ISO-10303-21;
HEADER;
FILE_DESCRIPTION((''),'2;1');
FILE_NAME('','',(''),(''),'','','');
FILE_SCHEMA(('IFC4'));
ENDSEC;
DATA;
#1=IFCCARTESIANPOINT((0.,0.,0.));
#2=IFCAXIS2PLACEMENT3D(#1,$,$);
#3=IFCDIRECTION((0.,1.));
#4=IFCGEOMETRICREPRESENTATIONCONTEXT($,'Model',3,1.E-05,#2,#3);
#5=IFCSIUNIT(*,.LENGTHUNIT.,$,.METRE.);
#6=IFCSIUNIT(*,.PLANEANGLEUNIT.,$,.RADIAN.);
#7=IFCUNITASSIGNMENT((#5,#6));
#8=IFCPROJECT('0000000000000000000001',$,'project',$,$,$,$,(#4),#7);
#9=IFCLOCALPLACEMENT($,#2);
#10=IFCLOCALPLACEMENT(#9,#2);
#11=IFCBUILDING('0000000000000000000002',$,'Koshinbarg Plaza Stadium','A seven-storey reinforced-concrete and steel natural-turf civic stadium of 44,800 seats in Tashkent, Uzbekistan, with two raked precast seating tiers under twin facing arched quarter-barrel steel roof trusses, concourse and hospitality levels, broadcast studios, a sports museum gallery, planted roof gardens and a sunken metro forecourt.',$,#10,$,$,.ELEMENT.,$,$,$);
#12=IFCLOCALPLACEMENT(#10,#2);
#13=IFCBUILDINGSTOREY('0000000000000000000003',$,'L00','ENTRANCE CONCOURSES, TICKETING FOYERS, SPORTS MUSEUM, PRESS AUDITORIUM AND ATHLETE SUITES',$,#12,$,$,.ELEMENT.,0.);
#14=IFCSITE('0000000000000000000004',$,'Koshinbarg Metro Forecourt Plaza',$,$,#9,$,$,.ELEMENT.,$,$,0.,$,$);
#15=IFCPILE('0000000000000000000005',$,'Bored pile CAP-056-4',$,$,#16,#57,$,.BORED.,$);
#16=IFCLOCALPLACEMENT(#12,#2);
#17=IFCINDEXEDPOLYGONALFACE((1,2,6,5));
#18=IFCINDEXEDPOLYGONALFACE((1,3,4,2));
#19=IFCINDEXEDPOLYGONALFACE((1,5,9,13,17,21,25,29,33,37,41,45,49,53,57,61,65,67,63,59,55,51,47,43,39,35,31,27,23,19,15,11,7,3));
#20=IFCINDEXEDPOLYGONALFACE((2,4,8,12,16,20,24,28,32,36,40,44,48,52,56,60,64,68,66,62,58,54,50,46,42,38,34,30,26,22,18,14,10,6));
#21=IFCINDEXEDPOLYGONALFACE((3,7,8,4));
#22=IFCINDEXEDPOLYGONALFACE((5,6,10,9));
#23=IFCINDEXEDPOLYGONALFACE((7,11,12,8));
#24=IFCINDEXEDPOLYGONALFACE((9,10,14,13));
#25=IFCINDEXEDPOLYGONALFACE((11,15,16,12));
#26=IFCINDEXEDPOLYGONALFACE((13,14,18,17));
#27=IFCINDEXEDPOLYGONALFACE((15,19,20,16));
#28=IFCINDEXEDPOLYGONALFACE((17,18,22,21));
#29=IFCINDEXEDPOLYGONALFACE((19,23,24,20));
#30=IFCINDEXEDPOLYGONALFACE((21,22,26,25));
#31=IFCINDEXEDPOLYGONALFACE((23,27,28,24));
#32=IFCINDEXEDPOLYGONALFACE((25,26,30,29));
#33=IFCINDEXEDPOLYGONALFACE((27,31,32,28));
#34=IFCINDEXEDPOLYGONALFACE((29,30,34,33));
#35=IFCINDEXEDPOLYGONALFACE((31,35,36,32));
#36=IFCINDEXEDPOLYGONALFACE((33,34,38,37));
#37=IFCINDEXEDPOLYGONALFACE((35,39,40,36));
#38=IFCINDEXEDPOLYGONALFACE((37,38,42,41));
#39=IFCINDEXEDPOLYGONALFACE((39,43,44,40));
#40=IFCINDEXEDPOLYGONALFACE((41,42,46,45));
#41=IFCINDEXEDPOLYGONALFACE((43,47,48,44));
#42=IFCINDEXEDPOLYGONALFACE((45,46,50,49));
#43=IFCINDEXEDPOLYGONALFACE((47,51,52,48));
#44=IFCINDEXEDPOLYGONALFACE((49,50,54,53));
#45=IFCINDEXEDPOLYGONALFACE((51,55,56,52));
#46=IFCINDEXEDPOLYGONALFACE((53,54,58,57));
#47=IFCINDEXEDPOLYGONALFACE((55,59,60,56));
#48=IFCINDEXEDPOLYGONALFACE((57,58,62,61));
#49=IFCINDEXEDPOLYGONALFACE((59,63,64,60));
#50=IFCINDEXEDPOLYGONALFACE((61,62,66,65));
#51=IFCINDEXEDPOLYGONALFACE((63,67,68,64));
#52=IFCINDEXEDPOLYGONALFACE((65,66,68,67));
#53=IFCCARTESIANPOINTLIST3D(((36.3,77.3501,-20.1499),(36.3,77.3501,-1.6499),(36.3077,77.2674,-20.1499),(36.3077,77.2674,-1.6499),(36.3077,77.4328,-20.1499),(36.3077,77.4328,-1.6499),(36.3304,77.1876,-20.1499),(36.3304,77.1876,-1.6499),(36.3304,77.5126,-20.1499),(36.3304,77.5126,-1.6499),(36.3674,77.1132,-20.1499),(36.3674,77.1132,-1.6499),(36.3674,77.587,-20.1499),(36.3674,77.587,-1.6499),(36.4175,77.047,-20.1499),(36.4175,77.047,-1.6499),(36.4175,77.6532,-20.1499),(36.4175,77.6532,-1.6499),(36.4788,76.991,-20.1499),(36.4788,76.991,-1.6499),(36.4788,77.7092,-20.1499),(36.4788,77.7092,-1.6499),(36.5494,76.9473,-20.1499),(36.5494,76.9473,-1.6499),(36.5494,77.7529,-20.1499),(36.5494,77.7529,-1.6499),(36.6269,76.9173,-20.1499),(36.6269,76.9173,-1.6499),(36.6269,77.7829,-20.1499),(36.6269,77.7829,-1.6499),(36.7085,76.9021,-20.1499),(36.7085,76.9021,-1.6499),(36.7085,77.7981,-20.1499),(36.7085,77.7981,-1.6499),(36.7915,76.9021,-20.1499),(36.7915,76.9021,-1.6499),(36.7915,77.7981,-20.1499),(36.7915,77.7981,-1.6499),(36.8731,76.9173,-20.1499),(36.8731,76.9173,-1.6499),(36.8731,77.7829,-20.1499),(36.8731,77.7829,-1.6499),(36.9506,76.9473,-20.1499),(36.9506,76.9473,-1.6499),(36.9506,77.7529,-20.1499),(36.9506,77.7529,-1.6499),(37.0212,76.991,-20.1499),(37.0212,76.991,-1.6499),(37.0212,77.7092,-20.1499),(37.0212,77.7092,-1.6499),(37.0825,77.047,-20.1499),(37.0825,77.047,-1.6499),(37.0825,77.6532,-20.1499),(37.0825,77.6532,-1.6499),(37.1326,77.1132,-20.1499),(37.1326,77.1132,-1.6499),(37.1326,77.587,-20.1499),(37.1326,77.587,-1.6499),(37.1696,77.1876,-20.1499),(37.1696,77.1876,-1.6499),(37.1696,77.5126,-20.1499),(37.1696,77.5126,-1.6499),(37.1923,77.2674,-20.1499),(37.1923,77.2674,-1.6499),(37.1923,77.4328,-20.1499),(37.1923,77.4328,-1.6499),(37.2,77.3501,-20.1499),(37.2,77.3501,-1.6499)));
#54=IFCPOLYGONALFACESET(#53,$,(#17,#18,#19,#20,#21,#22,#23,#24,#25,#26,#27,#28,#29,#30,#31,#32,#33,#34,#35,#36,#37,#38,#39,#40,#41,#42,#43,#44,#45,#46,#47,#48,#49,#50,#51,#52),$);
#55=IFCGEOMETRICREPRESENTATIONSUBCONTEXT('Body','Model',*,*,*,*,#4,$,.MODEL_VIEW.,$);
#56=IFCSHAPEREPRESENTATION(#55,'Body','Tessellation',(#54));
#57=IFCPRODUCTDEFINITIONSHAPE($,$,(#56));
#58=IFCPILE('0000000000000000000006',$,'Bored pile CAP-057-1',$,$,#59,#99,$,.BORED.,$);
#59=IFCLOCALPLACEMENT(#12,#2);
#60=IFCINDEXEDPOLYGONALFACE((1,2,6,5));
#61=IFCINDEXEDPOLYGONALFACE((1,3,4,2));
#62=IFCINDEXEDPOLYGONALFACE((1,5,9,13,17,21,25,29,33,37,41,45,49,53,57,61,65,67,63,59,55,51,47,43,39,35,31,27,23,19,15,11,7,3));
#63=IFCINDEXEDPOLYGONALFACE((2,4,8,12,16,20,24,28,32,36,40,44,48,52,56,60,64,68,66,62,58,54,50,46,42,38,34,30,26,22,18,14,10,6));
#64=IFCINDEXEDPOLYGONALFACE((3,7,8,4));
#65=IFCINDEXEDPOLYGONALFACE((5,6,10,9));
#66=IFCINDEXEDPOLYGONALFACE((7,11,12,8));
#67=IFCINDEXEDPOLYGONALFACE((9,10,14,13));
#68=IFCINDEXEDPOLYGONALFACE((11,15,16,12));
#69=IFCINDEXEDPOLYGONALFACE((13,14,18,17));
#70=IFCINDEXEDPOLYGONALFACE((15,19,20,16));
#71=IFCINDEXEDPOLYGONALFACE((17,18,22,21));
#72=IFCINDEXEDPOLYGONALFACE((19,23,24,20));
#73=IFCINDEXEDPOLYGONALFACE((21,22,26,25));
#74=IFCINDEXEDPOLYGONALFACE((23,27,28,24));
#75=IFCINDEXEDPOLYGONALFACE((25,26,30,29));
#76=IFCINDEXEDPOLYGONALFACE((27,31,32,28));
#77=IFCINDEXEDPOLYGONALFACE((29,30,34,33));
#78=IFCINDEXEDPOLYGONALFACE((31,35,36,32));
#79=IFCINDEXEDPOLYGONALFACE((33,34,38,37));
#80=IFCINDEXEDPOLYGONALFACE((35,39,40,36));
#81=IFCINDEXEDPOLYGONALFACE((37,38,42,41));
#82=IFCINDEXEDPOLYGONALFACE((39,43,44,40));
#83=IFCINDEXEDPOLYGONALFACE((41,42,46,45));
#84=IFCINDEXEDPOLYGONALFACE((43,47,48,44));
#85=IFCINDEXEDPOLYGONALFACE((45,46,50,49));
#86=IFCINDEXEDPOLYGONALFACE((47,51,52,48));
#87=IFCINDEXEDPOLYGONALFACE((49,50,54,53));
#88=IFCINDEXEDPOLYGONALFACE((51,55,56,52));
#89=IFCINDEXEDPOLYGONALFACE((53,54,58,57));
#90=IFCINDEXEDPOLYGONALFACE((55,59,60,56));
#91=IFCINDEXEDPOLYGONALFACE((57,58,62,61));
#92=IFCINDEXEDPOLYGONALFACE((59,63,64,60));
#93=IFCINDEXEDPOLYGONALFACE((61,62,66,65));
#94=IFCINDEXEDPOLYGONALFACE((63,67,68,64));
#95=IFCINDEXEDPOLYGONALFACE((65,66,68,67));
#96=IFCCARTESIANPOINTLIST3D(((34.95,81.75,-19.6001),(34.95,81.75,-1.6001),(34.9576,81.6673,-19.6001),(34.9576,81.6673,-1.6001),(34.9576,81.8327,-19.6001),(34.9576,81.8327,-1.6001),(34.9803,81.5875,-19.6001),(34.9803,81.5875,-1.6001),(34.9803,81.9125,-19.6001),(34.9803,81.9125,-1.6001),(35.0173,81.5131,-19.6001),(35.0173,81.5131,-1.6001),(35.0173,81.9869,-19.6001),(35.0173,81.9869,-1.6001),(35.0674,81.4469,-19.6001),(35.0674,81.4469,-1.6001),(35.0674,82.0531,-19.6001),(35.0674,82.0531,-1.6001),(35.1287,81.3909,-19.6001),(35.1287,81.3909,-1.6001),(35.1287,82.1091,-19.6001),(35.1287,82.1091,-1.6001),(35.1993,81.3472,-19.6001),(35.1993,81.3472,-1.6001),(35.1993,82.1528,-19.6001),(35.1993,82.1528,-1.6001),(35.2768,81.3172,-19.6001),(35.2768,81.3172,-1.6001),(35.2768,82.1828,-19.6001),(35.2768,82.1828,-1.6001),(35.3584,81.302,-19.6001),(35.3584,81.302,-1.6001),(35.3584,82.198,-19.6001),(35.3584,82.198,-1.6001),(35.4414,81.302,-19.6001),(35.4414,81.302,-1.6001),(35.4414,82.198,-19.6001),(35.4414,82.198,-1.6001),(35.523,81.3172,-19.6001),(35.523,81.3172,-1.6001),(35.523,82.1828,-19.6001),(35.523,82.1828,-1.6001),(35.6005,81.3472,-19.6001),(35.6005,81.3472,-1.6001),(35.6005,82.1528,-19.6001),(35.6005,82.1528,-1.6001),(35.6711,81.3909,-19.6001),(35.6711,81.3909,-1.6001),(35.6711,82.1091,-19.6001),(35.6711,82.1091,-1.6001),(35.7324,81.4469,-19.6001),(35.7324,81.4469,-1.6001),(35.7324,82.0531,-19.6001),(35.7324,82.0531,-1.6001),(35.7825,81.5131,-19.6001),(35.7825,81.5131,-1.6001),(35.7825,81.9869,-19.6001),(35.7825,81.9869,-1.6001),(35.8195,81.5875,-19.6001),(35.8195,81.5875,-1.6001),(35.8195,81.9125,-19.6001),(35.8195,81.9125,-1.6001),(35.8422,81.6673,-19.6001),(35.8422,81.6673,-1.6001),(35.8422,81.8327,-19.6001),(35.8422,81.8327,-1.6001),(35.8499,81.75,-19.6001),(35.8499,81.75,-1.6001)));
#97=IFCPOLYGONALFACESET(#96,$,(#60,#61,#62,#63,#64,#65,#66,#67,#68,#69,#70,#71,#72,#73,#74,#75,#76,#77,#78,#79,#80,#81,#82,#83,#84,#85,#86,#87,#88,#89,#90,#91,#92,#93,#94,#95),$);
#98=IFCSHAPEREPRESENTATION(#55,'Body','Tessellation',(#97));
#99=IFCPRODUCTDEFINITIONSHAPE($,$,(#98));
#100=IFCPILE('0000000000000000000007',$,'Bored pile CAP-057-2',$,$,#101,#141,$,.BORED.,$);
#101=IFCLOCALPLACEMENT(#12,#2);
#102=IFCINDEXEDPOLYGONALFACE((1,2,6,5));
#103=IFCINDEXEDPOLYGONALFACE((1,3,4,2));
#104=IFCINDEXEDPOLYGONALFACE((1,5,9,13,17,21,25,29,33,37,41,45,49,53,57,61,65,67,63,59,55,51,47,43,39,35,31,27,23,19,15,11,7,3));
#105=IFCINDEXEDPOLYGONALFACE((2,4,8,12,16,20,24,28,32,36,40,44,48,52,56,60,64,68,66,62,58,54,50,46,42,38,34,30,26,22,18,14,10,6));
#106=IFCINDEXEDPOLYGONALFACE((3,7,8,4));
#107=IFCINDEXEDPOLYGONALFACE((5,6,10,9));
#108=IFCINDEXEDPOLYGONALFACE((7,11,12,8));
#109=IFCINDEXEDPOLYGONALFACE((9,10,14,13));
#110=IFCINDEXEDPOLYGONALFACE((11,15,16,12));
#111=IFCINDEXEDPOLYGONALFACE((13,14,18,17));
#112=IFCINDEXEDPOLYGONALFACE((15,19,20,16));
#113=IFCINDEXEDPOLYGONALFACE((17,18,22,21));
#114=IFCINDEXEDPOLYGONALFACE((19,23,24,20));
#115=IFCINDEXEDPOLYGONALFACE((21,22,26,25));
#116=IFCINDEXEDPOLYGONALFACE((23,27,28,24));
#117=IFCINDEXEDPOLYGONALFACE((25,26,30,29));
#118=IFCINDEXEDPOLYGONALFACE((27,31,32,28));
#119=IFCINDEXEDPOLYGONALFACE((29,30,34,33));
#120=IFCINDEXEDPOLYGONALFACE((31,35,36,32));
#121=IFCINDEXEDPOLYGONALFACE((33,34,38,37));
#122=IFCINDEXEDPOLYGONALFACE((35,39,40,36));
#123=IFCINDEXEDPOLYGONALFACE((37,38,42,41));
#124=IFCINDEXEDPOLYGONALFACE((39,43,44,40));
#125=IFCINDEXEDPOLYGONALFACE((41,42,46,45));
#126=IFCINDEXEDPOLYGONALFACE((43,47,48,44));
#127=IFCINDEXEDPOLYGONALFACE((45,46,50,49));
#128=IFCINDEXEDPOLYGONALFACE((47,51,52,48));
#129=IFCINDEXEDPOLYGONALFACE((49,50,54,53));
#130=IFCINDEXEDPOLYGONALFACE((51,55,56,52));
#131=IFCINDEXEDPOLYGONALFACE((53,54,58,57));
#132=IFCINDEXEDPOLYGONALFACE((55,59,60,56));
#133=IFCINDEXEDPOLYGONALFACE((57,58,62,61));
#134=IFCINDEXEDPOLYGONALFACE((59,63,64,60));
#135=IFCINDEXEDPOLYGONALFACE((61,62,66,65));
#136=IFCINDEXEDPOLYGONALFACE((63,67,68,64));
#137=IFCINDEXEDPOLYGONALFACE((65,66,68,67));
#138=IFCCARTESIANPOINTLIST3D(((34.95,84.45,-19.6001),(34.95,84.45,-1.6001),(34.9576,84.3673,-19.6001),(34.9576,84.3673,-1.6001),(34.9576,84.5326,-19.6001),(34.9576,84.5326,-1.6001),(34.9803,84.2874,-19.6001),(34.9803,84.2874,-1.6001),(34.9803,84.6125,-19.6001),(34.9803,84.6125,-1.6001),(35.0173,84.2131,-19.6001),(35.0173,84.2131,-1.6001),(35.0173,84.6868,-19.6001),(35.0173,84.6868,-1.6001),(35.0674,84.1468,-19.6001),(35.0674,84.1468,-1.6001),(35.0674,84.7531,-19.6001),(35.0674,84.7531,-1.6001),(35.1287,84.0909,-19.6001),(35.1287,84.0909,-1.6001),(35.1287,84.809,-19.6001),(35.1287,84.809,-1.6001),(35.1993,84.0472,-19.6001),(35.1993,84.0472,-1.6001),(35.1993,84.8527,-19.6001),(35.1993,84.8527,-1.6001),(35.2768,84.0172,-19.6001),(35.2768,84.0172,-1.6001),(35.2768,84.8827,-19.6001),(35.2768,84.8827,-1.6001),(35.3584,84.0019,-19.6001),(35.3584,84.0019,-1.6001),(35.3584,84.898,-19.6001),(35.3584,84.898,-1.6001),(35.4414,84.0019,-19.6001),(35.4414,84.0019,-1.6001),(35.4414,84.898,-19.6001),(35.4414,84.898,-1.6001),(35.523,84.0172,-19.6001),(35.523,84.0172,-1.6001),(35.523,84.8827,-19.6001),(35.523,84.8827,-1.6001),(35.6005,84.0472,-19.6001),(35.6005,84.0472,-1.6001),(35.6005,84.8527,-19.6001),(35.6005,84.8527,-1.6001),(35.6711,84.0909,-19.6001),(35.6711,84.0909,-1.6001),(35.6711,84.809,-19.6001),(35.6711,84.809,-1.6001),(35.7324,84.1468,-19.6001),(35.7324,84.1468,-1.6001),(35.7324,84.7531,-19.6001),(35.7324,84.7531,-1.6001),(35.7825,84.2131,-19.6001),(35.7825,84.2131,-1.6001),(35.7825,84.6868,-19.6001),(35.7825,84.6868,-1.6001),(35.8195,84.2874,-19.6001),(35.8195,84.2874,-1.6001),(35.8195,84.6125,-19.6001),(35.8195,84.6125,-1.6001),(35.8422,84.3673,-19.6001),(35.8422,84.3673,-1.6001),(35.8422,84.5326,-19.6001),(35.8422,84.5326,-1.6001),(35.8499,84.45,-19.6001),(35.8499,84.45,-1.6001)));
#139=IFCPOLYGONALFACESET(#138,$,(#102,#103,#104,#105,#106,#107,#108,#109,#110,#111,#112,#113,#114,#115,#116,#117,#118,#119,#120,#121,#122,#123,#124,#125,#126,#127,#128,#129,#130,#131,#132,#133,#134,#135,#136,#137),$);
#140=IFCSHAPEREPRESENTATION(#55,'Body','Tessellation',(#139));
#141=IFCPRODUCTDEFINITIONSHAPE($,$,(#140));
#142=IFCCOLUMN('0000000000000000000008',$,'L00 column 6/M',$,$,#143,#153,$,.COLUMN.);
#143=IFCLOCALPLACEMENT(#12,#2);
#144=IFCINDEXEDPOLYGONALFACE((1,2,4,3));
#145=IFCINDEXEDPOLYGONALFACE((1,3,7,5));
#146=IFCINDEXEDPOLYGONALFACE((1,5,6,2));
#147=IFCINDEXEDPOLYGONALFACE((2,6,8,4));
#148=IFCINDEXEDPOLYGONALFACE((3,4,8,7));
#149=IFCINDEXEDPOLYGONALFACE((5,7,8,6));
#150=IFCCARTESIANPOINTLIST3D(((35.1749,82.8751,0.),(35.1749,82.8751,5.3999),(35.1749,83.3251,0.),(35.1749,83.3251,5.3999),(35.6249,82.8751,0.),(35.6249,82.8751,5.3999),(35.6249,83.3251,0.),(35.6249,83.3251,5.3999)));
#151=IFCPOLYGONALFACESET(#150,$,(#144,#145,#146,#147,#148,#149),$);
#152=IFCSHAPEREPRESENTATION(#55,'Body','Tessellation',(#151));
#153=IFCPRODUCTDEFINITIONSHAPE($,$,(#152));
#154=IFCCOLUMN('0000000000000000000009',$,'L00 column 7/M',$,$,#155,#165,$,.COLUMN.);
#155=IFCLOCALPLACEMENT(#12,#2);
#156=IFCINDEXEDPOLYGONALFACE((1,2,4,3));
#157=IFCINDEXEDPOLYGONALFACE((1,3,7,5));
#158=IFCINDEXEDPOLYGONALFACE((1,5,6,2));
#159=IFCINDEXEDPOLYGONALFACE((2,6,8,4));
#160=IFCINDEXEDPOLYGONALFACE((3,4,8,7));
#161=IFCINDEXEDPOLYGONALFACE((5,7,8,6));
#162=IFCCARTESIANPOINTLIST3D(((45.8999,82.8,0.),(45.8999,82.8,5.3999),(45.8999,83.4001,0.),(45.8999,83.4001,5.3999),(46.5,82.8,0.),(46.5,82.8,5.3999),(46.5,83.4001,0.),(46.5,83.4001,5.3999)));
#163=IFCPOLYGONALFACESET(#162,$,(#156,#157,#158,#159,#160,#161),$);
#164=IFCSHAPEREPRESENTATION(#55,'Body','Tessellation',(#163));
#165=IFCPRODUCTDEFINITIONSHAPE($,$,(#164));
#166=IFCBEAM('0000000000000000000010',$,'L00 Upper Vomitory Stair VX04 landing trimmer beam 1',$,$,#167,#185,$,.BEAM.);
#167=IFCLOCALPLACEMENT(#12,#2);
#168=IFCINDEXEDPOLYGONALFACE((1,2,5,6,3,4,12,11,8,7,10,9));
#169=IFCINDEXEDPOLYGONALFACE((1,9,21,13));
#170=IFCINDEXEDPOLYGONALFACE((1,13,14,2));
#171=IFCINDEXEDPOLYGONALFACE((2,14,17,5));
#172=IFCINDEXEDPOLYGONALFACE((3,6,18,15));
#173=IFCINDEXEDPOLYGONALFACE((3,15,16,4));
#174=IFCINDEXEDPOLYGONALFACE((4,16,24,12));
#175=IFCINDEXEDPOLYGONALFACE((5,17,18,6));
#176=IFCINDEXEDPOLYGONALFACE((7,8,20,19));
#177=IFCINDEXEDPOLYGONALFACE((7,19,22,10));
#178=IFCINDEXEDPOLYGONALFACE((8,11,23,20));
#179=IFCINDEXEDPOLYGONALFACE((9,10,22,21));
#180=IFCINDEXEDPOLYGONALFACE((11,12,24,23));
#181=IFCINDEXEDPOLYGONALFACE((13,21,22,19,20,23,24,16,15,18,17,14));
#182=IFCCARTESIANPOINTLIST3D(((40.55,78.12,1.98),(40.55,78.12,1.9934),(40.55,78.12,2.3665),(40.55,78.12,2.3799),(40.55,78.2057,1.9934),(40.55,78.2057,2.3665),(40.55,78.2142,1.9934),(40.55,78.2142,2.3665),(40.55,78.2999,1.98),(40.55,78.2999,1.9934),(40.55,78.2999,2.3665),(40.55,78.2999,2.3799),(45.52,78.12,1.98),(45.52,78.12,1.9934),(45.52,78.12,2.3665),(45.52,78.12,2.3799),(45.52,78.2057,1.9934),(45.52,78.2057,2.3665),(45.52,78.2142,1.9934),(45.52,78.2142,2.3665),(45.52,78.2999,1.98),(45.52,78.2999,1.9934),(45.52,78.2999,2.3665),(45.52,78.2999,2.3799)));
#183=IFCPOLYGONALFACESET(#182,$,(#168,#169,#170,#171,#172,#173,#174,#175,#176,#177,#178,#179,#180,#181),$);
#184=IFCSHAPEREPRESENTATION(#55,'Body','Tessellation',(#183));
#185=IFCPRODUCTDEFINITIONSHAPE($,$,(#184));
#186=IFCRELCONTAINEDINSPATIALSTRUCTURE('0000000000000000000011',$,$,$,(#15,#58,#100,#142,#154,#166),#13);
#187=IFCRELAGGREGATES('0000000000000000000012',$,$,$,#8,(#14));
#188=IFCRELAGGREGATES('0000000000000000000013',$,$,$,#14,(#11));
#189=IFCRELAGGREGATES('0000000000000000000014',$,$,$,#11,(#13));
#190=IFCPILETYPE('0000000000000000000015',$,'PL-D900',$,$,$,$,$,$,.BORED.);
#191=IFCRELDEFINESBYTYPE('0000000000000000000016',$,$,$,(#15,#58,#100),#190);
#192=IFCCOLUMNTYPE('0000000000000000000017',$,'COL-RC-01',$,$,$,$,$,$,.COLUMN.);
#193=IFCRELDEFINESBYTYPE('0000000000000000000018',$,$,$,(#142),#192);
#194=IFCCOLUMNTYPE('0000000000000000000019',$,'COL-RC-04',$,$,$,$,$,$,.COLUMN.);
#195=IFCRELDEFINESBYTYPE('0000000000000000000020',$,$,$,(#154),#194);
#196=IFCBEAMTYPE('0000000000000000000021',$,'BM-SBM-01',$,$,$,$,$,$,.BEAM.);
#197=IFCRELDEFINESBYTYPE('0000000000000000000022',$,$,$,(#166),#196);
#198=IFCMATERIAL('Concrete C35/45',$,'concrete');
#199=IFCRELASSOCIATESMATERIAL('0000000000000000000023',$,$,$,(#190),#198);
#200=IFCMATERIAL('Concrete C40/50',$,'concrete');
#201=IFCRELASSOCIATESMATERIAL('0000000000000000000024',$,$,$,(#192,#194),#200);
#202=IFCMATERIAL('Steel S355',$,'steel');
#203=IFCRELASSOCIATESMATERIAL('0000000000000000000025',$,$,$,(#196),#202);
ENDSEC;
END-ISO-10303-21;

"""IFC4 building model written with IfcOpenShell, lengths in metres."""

from ifc_helpers import new_model, si_unit, direction, frame, origin, origin_2d, place, context, subcontext, project, spatial, rectangle, circle, i_section, extrude, material, material_profile, profile_set, type_object, element, save


model = new_model("IFC4")

# Units and contexts
model_context = context("Model", 3, precision=1e-05, world=origin(), true_north=direction((0.0, 1.0)))
body_context = subcontext(model_context, "Body", "Model", "MODEL_VIEW")
ifc_project = project(units=[si_unit("LENGTHUNIT", "METRE"), si_unit("PLANEANGLEUNIT", "RADIAN")], contexts=[model_context])

# Site, building, storey
site_placement = place(None, origin())
site = spatial("IfcSite", under=ifc_project, at=site_placement, Name="Koshinbarg Metro Forecourt Plaza", CompositionType="ELEMENT", RefElevation=0.0)
building_placement = place(site_placement, origin())
building = spatial("IfcBuilding", under=site, at=building_placement, Name="Koshinbarg Plaza Stadium", Description="A seven-storey reinforced-concrete and steel natural-turf civic stadium of 44,800 seats in Tashkent, Uzbekistan, with two raked precast seating tiers under twin facing arched quarter-barrel steel roof trusses, concourse and hospitality levels, broadcast studios, a sports museum gallery, planted roof gardens and a sunken metro forecourt.", CompositionType="ELEMENT")
storey_placement = place(building_placement, origin())
storey = spatial("IfcBuildingStorey", under=building, at=storey_placement, Name="L00", Description="ENTRANCE CONCOURSES, TICKETING FOYERS, SPORTS MUSEUM, PRESS AUDITORIUM AND ATHLETE SUITES", CompositionType="ELEMENT", Elevation=0.0)

# Shared definitions
ifc_material_1 = material(Name="Concrete C35/45", Category="concrete")

# Piles
ifc_material_profile_1 = material_profile(ifc_material_1, circle(Radius=0.45, at=origin_2d()), Name="PILE D900")
ifc_profile_set_1 = profile_set([ifc_material_profile_1], Name="Concrete C35/45")
pile_type_1 = type_object("IfcPileType", Name="PL-D900", PredefinedType="BORED", material=ifc_profile_set_1)
for number, where, z_axis, x_axis, name in (
    (1, (36.75, 77.3501, -1.6499), (0.0, 0.0, -1.0), (1.0, 0.0, 0.0), "Bored pile CAP-056-4"),
):
    element("IfcPile", number, at=place(storey_placement, frame(where, z_axis=z_axis, x_axis=x_axis)), inside=storey, type_object=pile_type_1, Name=name, PredefinedType="BORED", context=body_context, shape_type="SweptSolid", body=[
        extrude(circle(Radius=0.45, at=origin_2d()), origin(), (0.0, 0.0, 1.0), 18.5),
    ])
for number, where, z_axis, x_axis, name in (
    (2, (35.3999, 81.75, -1.6001), (0.0, 0.0, -1.0), (1.0, 0.0, 0.0), "Bored pile CAP-057-1"),
    (3, (35.3999, 84.45, -1.6001), (0.0, 0.0, -1.0), (1.0, 0.0, 0.0), "Bored pile CAP-057-2"),
):
    element("IfcPile", number, at=place(storey_placement, frame(where, z_axis=z_axis, x_axis=x_axis)), inside=storey, type_object=pile_type_1, Name=name, PredefinedType="BORED", context=body_context, shape_type="SweptSolid", body=[
        extrude(circle(Radius=0.45, at=origin_2d()), origin(), (0.0, 0.0, 1.0), 18.0),
    ])

# Columns
ifc_material_2 = material(Name="Concrete C40/50", Category="concrete")
ifc_material_profile_2 = material_profile(ifc_material_2, rectangle(XDim=0.45, YDim=0.45, at=origin_2d()), Name="RC 450x450")
ifc_profile_set_2 = profile_set([ifc_material_profile_2], Name="Concrete C40/50")
column_type_1 = type_object("IfcColumnType", Name="COL-RC-01", PredefinedType="COLUMN", material=ifc_profile_set_2)
column_1_placement = place(storey_placement, frame((35.3999, 83.1001, 0.0), z_axis=(0.0, 0.0, 1.0), x_axis=(1.0, 0.0, 0.0)))
element("IfcColumn", 4, at=column_1_placement, inside=storey, type_object=column_type_1, Name="L00 column 6/M", PredefinedType="COLUMN", context=body_context, shape_type="SweptSolid", body=[
    extrude(rectangle(XDim=0.45, YDim=0.45, at=origin_2d()), origin(), (0.0, 0.0, 1.0), 5.3999),
])
ifc_material_profile_3 = material_profile(ifc_material_2, rectangle(XDim=0.6001, YDim=0.6001, at=origin_2d()), Name="RC 600x600")
ifc_profile_set_3 = profile_set([ifc_material_profile_3], Name="Concrete C40/50")
column_type_2 = type_object("IfcColumnType", Name="COL-RC-04", PredefinedType="COLUMN", material=ifc_profile_set_3)
column_2_placement = place(storey_placement, frame((46.2, 83.1001, 0.0), z_axis=(0.0, 0.0, 1.0), x_axis=(1.0, 0.0, 0.0)))
element("IfcColumn", 5, at=column_2_placement, inside=storey, type_object=column_type_2, Name="L00 column 7/M", PredefinedType="COLUMN", context=body_context, shape_type="SweptSolid", body=[
    extrude(rectangle(XDim=0.6001, YDim=0.6001, at=origin_2d()), origin(), (0.0, 0.0, 1.0), 5.3999),
])

# Beam
ifc_material_3 = material(Name="Steel S355", Category="steel")
ifc_material_profile_4 = material_profile(ifc_material_3, i_section(OverallWidth=0.1799, OverallDepth=0.3999, WebThickness=0.0085, FlangeThickness=0.0134, at=origin_2d()), Name="IPE 400")
ifc_profile_set_4 = profile_set([ifc_material_profile_4], Name="Steel S355")
beam_type = type_object("IfcBeamType", Name="BM-SBM-01", PredefinedType="BEAM", material=ifc_profile_set_4)
for number, where, z_axis, x_axis, name in (
    (6, (40.55, 78.21, 2.1799), (1.0, 0.0, 0.0), (0.0, 1.0, 0.0), "L00 Upper Vomitory Stair VX04 landing trimmer beam 1"),
):
    element("IfcBeam", number, at=place(storey_placement, frame(where, z_axis=z_axis, x_axis=x_axis)), inside=storey, type_object=beam_type, Name=name, PredefinedType="BEAM", context=body_context, shape_type="SweptSolid", body=[
        extrude(i_section(OverallWidth=0.1799, OverallDepth=0.3999, WebThickness=0.0085, FlangeThickness=0.0134, at=origin_2d()), origin(), (0.0, 0.0, 1.0), 4.97),
    ])

save(model, "model.ifc")
